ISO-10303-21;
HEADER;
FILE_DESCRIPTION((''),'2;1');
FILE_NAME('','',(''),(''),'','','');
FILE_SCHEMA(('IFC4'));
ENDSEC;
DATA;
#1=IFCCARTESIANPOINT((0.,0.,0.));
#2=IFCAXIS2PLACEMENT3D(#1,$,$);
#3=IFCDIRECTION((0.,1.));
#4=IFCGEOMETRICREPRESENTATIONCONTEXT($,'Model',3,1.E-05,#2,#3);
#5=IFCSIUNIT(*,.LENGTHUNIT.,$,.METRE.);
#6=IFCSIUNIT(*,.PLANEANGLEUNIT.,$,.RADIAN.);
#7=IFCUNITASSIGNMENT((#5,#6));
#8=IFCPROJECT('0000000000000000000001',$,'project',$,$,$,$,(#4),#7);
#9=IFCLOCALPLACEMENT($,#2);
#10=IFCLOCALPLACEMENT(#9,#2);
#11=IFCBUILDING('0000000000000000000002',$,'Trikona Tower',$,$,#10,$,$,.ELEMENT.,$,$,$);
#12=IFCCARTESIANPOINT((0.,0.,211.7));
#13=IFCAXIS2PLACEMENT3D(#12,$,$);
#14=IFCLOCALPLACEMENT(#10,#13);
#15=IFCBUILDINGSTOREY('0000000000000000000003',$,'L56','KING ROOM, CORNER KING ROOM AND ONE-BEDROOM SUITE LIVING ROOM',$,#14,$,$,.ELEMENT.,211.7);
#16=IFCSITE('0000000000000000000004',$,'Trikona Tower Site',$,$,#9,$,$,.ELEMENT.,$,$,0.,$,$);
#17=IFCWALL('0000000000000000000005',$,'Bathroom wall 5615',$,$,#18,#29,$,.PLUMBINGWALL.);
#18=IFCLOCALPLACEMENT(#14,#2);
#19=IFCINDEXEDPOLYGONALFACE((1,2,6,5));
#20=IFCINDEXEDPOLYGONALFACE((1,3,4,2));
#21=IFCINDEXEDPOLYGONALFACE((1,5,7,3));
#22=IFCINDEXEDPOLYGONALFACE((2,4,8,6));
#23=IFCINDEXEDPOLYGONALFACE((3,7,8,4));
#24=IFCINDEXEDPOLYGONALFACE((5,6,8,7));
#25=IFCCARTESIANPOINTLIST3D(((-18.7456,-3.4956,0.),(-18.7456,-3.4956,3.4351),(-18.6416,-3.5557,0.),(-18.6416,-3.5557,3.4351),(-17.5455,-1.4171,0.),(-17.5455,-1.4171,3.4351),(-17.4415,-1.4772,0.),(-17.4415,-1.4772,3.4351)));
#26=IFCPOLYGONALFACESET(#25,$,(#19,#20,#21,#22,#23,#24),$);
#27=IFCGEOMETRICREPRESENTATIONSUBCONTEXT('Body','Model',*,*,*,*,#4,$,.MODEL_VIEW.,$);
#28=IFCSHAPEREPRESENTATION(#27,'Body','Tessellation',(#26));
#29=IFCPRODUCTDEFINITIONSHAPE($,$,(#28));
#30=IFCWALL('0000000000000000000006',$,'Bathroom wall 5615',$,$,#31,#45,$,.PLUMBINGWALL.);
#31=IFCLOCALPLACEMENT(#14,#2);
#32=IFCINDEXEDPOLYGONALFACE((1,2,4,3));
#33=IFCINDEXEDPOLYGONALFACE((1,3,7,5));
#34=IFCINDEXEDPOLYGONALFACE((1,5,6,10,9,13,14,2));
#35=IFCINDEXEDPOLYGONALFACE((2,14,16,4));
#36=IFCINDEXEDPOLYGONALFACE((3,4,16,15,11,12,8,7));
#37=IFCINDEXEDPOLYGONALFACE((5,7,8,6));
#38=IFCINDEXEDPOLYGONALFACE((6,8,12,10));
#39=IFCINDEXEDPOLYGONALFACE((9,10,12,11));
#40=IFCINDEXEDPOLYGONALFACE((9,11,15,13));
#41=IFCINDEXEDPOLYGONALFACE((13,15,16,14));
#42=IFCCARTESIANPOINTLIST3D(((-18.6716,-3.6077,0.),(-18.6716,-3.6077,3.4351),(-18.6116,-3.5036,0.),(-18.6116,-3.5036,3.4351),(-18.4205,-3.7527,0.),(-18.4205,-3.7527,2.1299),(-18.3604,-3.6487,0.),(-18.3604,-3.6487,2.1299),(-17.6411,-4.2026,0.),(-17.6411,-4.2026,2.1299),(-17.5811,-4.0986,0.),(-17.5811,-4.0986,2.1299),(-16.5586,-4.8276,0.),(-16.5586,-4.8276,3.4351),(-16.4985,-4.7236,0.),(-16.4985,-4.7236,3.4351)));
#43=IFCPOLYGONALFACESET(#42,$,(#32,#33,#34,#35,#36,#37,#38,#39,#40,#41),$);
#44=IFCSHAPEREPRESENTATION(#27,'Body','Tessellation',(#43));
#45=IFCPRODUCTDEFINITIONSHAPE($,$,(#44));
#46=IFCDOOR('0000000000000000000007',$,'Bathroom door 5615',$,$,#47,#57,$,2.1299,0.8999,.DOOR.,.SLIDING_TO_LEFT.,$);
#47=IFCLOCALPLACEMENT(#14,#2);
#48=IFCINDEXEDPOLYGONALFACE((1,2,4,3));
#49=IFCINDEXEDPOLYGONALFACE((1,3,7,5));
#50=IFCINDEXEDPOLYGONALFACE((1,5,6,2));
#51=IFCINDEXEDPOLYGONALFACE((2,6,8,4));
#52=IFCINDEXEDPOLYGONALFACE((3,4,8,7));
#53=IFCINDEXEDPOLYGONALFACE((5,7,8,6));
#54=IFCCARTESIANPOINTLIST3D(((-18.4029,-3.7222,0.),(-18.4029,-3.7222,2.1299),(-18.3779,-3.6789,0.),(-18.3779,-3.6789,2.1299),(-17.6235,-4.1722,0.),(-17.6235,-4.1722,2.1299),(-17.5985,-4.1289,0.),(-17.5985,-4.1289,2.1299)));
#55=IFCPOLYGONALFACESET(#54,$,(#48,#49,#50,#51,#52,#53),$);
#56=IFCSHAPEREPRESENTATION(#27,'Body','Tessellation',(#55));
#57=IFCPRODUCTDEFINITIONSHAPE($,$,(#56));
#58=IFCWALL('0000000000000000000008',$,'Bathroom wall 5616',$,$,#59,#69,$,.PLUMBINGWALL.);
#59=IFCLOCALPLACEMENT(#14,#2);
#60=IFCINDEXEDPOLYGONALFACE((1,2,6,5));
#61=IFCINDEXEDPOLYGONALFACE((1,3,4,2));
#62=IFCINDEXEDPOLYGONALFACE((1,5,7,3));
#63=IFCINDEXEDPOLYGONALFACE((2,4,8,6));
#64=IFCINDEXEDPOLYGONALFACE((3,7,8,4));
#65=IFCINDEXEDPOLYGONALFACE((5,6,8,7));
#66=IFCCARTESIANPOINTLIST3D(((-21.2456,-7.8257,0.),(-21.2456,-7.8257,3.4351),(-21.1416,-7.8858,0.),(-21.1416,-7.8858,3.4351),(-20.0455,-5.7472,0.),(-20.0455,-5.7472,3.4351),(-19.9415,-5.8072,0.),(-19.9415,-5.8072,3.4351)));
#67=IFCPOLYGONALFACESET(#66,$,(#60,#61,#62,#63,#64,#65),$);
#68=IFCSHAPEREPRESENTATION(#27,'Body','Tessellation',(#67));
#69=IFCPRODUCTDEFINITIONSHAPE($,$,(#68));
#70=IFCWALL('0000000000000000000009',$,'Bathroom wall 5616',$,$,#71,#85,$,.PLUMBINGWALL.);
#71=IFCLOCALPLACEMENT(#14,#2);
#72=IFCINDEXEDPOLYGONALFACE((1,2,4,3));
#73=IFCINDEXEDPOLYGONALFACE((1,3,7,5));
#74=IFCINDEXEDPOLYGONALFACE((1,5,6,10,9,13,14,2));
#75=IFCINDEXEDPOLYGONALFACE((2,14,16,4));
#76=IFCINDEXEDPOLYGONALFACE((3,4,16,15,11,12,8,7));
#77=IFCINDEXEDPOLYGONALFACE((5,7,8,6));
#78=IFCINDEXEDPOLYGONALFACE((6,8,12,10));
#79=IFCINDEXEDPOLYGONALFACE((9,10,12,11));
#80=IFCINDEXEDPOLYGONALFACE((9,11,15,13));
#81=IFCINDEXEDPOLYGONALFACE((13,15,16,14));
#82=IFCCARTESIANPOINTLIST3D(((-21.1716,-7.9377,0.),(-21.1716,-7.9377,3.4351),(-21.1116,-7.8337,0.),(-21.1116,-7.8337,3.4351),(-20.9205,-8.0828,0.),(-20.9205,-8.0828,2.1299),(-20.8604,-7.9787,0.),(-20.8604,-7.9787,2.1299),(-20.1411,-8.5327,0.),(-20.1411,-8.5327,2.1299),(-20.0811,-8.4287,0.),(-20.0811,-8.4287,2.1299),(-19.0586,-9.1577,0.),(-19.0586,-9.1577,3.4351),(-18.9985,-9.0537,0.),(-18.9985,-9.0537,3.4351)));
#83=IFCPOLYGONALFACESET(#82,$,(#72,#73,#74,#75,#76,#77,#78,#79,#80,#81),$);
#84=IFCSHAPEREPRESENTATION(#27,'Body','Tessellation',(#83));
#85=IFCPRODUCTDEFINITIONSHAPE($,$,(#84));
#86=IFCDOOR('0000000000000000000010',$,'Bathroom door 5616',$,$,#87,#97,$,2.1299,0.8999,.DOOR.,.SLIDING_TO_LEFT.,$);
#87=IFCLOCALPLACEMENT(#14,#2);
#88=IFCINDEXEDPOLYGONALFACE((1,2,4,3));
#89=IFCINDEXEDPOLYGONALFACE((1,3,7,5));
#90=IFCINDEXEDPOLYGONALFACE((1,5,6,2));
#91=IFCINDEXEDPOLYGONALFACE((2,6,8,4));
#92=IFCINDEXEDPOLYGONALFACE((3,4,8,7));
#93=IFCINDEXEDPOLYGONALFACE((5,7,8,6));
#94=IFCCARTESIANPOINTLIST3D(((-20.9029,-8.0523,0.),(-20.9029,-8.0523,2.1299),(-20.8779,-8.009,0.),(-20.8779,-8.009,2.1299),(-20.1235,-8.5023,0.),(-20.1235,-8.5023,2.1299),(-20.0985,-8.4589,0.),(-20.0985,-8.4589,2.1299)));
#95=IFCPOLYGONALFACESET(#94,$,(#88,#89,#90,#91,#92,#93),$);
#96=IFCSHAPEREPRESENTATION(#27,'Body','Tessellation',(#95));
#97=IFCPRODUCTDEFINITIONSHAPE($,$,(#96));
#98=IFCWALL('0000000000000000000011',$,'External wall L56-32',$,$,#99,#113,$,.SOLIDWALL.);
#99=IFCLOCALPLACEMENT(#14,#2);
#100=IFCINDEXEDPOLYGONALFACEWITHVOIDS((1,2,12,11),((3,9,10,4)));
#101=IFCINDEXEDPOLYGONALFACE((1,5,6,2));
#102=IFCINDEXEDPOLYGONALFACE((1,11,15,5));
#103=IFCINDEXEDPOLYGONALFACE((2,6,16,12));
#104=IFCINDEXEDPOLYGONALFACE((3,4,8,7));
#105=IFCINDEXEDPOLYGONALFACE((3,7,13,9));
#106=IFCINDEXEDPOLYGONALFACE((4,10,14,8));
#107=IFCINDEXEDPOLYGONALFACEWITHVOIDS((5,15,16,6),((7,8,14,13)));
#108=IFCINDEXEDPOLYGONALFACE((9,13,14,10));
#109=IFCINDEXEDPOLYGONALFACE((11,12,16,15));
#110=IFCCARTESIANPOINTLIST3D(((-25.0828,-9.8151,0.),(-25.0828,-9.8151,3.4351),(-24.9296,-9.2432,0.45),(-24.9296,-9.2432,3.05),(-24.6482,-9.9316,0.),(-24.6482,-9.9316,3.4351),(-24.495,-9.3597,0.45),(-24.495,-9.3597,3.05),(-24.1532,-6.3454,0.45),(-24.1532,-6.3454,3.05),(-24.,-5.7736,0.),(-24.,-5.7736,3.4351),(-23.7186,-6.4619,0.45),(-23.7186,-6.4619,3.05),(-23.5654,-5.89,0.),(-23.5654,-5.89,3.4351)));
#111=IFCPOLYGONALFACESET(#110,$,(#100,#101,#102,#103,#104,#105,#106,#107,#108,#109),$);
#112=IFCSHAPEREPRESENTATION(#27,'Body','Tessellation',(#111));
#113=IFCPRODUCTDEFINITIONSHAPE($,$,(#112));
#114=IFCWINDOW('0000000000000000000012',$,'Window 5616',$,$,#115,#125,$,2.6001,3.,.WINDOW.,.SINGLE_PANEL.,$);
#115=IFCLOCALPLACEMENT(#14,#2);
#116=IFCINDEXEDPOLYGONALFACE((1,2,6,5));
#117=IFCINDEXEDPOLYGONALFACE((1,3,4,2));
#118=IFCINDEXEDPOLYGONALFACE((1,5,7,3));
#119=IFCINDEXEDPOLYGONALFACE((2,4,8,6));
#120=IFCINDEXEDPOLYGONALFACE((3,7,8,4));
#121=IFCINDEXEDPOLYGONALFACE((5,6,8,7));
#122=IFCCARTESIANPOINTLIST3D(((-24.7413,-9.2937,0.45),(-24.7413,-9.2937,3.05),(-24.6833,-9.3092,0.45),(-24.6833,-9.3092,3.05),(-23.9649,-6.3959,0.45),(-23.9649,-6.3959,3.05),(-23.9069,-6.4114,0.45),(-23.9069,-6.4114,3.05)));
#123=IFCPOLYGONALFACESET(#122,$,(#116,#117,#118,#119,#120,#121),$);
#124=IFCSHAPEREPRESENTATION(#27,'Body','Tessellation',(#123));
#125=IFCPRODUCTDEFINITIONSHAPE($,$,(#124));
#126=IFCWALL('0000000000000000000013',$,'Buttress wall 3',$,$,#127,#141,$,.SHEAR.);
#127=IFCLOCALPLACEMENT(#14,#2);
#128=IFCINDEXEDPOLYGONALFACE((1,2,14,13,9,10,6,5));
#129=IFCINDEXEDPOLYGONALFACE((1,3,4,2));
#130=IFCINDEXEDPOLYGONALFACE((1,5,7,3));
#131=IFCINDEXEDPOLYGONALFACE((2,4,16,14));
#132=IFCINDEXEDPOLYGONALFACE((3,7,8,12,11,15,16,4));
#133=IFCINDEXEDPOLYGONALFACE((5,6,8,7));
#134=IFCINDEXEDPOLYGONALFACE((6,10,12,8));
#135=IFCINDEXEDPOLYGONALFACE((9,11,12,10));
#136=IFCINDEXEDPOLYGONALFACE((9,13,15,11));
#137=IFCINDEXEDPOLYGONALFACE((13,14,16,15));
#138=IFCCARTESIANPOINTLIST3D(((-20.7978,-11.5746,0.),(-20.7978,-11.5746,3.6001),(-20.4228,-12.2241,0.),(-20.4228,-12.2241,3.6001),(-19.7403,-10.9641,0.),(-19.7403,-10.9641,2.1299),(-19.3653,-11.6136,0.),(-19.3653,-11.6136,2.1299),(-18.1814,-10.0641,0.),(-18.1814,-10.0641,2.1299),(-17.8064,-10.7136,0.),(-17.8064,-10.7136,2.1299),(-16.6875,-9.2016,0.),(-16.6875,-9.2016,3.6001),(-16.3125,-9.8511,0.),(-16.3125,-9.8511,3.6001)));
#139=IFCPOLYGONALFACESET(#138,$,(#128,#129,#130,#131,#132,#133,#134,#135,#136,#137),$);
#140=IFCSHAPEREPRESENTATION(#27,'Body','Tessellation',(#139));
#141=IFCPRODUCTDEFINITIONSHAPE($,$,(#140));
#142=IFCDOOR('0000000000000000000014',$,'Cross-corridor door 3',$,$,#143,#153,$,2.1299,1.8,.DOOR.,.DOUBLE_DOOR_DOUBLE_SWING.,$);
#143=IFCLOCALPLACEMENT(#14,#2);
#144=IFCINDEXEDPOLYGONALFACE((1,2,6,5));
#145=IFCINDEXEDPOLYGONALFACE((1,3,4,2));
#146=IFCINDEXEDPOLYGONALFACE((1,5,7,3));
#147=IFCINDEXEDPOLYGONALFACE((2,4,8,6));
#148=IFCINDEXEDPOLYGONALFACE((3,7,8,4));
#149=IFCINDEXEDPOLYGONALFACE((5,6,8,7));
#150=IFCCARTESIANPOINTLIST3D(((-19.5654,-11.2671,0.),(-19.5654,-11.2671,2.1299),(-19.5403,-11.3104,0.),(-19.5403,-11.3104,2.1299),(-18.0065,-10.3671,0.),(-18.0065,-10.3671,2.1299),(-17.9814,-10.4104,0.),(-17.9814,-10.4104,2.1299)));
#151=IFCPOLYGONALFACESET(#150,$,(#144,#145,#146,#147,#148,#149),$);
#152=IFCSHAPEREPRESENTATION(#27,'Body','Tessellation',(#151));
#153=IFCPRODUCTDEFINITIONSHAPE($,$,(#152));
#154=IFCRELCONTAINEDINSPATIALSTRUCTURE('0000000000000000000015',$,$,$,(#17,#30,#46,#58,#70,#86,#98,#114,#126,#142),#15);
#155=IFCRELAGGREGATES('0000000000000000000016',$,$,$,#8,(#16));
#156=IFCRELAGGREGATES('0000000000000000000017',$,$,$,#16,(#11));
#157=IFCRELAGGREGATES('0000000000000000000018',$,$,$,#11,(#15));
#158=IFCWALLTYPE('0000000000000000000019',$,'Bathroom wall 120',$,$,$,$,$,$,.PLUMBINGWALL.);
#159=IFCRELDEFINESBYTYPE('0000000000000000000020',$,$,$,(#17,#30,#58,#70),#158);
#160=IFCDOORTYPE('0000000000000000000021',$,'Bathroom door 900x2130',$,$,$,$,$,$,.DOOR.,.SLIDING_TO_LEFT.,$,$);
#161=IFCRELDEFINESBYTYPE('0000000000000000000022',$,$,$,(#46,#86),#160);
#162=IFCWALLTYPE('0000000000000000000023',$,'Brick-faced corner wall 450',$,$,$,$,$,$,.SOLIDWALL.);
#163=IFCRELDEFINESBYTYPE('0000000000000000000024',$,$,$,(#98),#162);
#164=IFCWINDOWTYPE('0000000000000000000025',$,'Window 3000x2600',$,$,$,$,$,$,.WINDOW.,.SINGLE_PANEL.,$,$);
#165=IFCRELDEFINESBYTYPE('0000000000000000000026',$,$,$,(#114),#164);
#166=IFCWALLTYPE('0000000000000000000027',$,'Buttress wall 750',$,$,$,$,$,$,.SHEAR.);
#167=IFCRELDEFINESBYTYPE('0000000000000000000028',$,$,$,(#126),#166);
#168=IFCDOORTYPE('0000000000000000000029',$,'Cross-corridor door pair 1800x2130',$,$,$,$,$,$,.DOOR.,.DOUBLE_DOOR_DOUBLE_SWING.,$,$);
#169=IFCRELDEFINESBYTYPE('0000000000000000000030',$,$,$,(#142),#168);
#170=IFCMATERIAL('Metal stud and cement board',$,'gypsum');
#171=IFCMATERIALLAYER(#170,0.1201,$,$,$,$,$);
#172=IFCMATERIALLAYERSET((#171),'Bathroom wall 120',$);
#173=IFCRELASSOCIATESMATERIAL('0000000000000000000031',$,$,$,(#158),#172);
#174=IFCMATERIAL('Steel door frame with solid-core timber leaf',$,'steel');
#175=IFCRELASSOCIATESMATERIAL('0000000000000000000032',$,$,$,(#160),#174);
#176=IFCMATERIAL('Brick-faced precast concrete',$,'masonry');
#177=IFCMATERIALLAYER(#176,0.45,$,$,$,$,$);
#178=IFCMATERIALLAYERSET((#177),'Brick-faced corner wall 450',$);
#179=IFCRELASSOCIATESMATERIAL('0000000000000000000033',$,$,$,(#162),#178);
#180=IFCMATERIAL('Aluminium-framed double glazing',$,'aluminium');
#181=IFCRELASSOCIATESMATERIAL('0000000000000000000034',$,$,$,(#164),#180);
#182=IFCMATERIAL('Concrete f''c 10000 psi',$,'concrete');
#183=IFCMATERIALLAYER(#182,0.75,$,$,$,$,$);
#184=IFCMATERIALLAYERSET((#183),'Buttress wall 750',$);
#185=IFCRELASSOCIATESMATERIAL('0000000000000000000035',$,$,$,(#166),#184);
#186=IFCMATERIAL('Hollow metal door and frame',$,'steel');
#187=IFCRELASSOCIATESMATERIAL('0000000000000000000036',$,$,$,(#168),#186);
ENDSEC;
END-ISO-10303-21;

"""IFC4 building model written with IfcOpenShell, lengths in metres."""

from ifc_helpers import new_model, si_unit, direction, frame, frame_2d, origin, place, context, subcontext, project, spatial, rectangle, extrude, material, layer, layer_set, type_object, element, fill, save


model = new_model("IFC4")

# Units and contexts
model_context = context("Model", 3, precision=1e-05, world=origin(), true_north=direction((0.0, 1.0)))
body_context = subcontext(model_context, "Body", "Model", "MODEL_VIEW")
ifc_project = project(units=[si_unit("LENGTHUNIT", "METRE"), si_unit("PLANEANGLEUNIT", "RADIAN")], contexts=[model_context])

# Site, building, storey
site_placement = place(None, origin())
site = spatial("IfcSite", under=ifc_project, at=site_placement, Name="Trikona Tower Site", CompositionType="ELEMENT", RefElevation=0.0)
building_placement = place(site_placement, origin())
building = spatial("IfcBuilding", under=site, at=building_placement, Name="Trikona Tower", CompositionType="ELEMENT")
storey_placement = place(building_placement, frame((0.0, 0.0, 211.7)))
storey = spatial("IfcBuildingStorey", under=building, at=storey_placement, Name="L56", Description="KING ROOM, CORNER KING ROOM AND ONE-BEDROOM SUITE LIVING ROOM", CompositionType="ELEMENT", Elevation=211.7)

# Wall
ifc_material_1 = material(Name="Metal stud and cement board", Category="gypsum")
ifc_layer_1 = layer(ifc_material_1, 0.1201)
ifc_layer_set_1 = layer_set([ifc_layer_1], Name="Bathroom wall 120")
wall_type_1 = type_object("IfcWallType", Name="Bathroom wall 120", PredefinedType="PLUMBINGWALL", material=ifc_layer_set_1)
wall_1_placement = place(storey_placement, frame((-17.4934, -1.447, 0.0), z_axis=(0.0, 0.0, 1.0), x_axis=(-0.500034, -0.866006, 0.0)))
element("IfcWall", 1, at=wall_1_placement, inside=storey, type_object=wall_type_1, Name="Bathroom wall 5615", PredefinedType="PLUMBINGWALL", context=body_context, shape_type="SweptSolid", body=[
    extrude(rectangle(XDim=2.4001, YDim=0.1201, at=frame_2d((1.2002, 0.0))), origin(), (0.0, 0.0, 1.0), 3.4351),
])

# Wall, opening, door
wall_2_placement = place(storey_placement, frame((-16.5286, -4.7756, 0.0), z_axis=(0.0, 0.0, 1.0), x_axis=(-0.866024, 0.500003, 0.0)))
wall_2 = element("IfcWall", 2, at=wall_2_placement, inside=storey, type_object=wall_type_1, Name="Bathroom wall 5615", PredefinedType="PLUMBINGWALL", context=body_context, shape_type="SweptSolid", body=[
    extrude(rectangle(XDim=2.4399, YDim=0.1201, at=frame_2d((1.22, 0.0))), origin(), (0.0, 0.0, 1.0), 3.4351),
])
opening_1_placement = place(wall_2_placement, frame((1.25, 0.0, 0.0)))
opening_1 = element("IfcOpeningElement", 3, at=opening_1_placement, cuts=wall_2, PredefinedType="OPENING", context=body_context, shape_type="SweptSolid", body=[
    extrude(rectangle(XDim=0.8999, YDim=2.1299, at=frame_2d((0.45, 1.0649))), frame((0.0, 0.0701, 0.0), z_axis=(0.0, -1.0, 0.0), x_axis=(1.0, 0.0, 0.0)), (0.0, 0.0, 1.0), 0.1401),
])
ifc_material_2 = material(Name="Steel door frame with solid-core timber leaf", Category="steel")
door_type_1 = type_object("IfcDoorType", Name="Bathroom door 900x2130", OperationType="SLIDING_TO_LEFT", PredefinedType="DOOR", material=ifc_material_2)
door_1_placement = place(opening_1_placement, origin())
door_1 = element("IfcDoor", 4, at=door_1_placement, inside=storey, type_object=door_type_1, Name="Bathroom door 5615", OperationType="SLIDING_TO_LEFT", OverallHeight=2.1299, OverallWidth=0.8999, PredefinedType="DOOR", context=body_context, shape_type="SweptSolid", body=[
    extrude(rectangle(XDim=0.8999, YDim=2.1299, at=frame_2d((0.45, 1.0649))), frame((0.0, 0.0249, 0.0), z_axis=(0.0, -1.0, 0.0), x_axis=(1.0, 0.0, 0.0)), (0.0, 0.0, 1.0), 0.05),
])
fill(opening_1, door_1)

# Wall
wall_3_placement = place(storey_placement, frame((-19.9934, -5.7771, 0.0), z_axis=(0.0, 0.0, 1.0), x_axis=(-0.500034, -0.866006, 0.0)))
element("IfcWall", 5, at=wall_3_placement, inside=storey, type_object=wall_type_1, Name="Bathroom wall 5616", PredefinedType="PLUMBINGWALL", context=body_context, shape_type="SweptSolid", body=[
    extrude(rectangle(XDim=2.4001, YDim=0.1201, at=frame_2d((1.2002, 0.0))), origin(), (0.0, 0.0, 1.0), 3.4351),
])

# Wall, opening, door
wall_4_placement = place(storey_placement, frame((-19.0286, -9.1057, 0.0), z_axis=(0.0, 0.0, 1.0), x_axis=(-0.866024, 0.500003, 0.0)))
wall_4 = element("IfcWall", 6, at=wall_4_placement, inside=storey, type_object=wall_type_1, Name="Bathroom wall 5616", PredefinedType="PLUMBINGWALL", context=body_context, shape_type="SweptSolid", body=[
    extrude(rectangle(XDim=2.4399, YDim=0.1201, at=frame_2d((1.22, 0.0))), origin(), (0.0, 0.0, 1.0), 3.4351),
])
opening_2_placement = place(wall_4_placement, frame((1.25, 0.0, 0.0)))
opening_2 = element("IfcOpeningElement", 7, at=opening_2_placement, cuts=wall_4, PredefinedType="OPENING", context=body_context, shape_type="SweptSolid", body=[
    extrude(rectangle(XDim=0.8999, YDim=2.1299, at=frame_2d((0.45, 1.0649))), frame((0.0, 0.0701, 0.0), z_axis=(0.0, -1.0, 0.0), x_axis=(1.0, 0.0, 0.0)), (0.0, 0.0, 1.0), 0.1401),
])
door_2_placement = place(opening_2_placement, origin())
door_2 = element("IfcDoor", 8, at=door_2_placement, inside=storey, type_object=door_type_1, Name="Bathroom door 5616", OperationType="SLIDING_TO_LEFT", OverallHeight=2.1299, OverallWidth=0.8999, PredefinedType="DOOR", context=body_context, shape_type="SweptSolid", body=[
    extrude(rectangle(XDim=0.8999, YDim=2.1299, at=frame_2d((0.45, 1.0649))), frame((0.0, 0.0249, 0.0), z_axis=(0.0, -1.0, 0.0), x_axis=(1.0, 0.0, 0.0)), (0.0, 0.0, 1.0), 0.05),
])
fill(opening_2, door_2)

# Wall, opening, window
ifc_material_3 = material(Name="Brick-faced precast concrete", Category="masonry")
ifc_layer_2 = layer(ifc_material_3, 0.45)
ifc_layer_set_2 = layer_set([ifc_layer_2], Name="Brick-faced corner wall 450")
wall_type_2 = type_object("IfcWallType", Name="Brick-faced corner wall 450", PredefinedType="SOLIDWALL", material=ifc_layer_set_2)
wall_5_placement = place(storey_placement, frame((-23.7827, -5.8318, 0.0), z_axis=(0.0, 0.0, 1.0), x_axis=(-0.258785, -0.965935, 0.0)))
wall_5 = element("IfcWall", 9, at=wall_5_placement, inside=storey, type_object=wall_type_2, Name="External wall L56-32", PredefinedType="SOLIDWALL", context=body_context, shape_type="SweptSolid", body=[
    extrude(rectangle(XDim=4.1841, YDim=0.45, at=frame_2d((2.092, 0.0))), origin(), (0.0, 0.0, 1.0), 3.4351),
])
opening_3_placement = place(wall_5_placement, frame((0.592, 0.0, 0.45)))
opening_3 = element("IfcOpeningElement", 10, at=opening_3_placement, cuts=wall_5, PredefinedType="OPENING", context=body_context, shape_type="SweptSolid", body=[
    extrude(rectangle(XDim=3.0, YDim=2.6001, at=frame_2d((1.5, 1.3))), frame((0.0, 0.2349, 0.0), z_axis=(0.0, -1.0, 0.0), x_axis=(1.0, 0.0, 0.0)), (0.0, 0.0, 1.0), 0.47),
])
ifc_material_4 = material(Name="Aluminium-framed double glazing", Category="aluminium")
window_type = type_object("IfcWindowType", Name="Window 3000x2600", PartitioningType="SINGLE_PANEL", PredefinedType="WINDOW", material=ifc_material_4)
window_placement = place(opening_3_placement, origin())
window = element("IfcWindow", 11, at=window_placement, inside=storey, type_object=window_type, Name="Window 5616", OverallHeight=2.6001, OverallWidth=3.0, PartitioningType="SINGLE_PANEL", PredefinedType="WINDOW", context=body_context, shape_type="SweptSolid", body=[
    extrude(rectangle(XDim=3.0, YDim=2.6001, at=frame_2d((1.5, 1.3))), frame((0.0, 0.03, 0.0), z_axis=(0.0, -1.0, 0.0), x_axis=(1.0, 0.0, 0.0)), (0.0, 0.0, 1.0), 0.0601),
])
fill(opening_3, window)

# Wall, opening, door
ifc_material_5 = material(Name="Concrete f'c 10000 psi", Category="concrete")
ifc_layer_3 = layer(ifc_material_5, 0.75)
ifc_layer_set_3 = layer_set([ifc_layer_3], Name="Buttress wall 750")
wall_type_3 = type_object("IfcWallType", Name="Buttress wall 750", PredefinedType="SHEAR", material=ifc_layer_set_3)
wall_6_placement = place(storey_placement, frame((-16.5, -9.5264, 0.0), z_axis=(0.0, 0.0, 1.0), x_axis=(-0.866031, -0.49999, 0.0)))
wall_6 = element("IfcWall", 12, at=wall_6_placement, inside=storey, type_object=wall_type_3, Name="Buttress wall 3", PredefinedType="SHEAR", context=body_context, shape_type="SweptSolid", body=[
    extrude(rectangle(XDim=4.7461, YDim=0.75, at=frame_2d((2.373, 0.0))), origin(), (0.0, 0.0, 1.0), 3.6001),
])
opening_4_placement = place(wall_6_placement, frame((1.7251, 0.0, 0.0)))
opening_4 = element("IfcOpeningElement", 13, at=opening_4_placement, cuts=wall_6, PredefinedType="OPENING", context=body_context, shape_type="SweptSolid", body=[
    extrude(rectangle(XDim=1.8, YDim=2.1299, at=frame_2d((0.8999, 1.0649))), frame((0.0, 0.385, 0.0), z_axis=(0.0, -1.0, 0.0), x_axis=(1.0, 0.0, 0.0)), (0.0, 0.0, 1.0), 0.77),
])
ifc_material_6 = material(Name="Hollow metal door and frame", Category="steel")
door_type_2 = type_object("IfcDoorType", Name="Cross-corridor door pair 1800x2130", OperationType="DOUBLE_DOOR_DOUBLE_SWING", PredefinedType="DOOR", material=ifc_material_6)
door_3_placement = place(opening_4_placement, origin())
door_3 = element("IfcDoor", 14, at=door_3_placement, inside=storey, type_object=door_type_2, Name="Cross-corridor door 3", OperationType="DOUBLE_DOOR_DOUBLE_SWING", OverallHeight=2.1299, OverallWidth=1.8, PredefinedType="DOOR", context=body_context, shape_type="SweptSolid", body=[
    extrude(rectangle(XDim=1.8, YDim=2.1299, at=frame_2d((0.8999, 1.0649))), frame((0.0, 0.0249, 0.0), z_axis=(0.0, -1.0, 0.0), x_axis=(1.0, 0.0, 0.0)), (0.0, 0.0, 1.0), 0.05),
])
fill(opening_4, door_3)

save(model, "model.ifc")
